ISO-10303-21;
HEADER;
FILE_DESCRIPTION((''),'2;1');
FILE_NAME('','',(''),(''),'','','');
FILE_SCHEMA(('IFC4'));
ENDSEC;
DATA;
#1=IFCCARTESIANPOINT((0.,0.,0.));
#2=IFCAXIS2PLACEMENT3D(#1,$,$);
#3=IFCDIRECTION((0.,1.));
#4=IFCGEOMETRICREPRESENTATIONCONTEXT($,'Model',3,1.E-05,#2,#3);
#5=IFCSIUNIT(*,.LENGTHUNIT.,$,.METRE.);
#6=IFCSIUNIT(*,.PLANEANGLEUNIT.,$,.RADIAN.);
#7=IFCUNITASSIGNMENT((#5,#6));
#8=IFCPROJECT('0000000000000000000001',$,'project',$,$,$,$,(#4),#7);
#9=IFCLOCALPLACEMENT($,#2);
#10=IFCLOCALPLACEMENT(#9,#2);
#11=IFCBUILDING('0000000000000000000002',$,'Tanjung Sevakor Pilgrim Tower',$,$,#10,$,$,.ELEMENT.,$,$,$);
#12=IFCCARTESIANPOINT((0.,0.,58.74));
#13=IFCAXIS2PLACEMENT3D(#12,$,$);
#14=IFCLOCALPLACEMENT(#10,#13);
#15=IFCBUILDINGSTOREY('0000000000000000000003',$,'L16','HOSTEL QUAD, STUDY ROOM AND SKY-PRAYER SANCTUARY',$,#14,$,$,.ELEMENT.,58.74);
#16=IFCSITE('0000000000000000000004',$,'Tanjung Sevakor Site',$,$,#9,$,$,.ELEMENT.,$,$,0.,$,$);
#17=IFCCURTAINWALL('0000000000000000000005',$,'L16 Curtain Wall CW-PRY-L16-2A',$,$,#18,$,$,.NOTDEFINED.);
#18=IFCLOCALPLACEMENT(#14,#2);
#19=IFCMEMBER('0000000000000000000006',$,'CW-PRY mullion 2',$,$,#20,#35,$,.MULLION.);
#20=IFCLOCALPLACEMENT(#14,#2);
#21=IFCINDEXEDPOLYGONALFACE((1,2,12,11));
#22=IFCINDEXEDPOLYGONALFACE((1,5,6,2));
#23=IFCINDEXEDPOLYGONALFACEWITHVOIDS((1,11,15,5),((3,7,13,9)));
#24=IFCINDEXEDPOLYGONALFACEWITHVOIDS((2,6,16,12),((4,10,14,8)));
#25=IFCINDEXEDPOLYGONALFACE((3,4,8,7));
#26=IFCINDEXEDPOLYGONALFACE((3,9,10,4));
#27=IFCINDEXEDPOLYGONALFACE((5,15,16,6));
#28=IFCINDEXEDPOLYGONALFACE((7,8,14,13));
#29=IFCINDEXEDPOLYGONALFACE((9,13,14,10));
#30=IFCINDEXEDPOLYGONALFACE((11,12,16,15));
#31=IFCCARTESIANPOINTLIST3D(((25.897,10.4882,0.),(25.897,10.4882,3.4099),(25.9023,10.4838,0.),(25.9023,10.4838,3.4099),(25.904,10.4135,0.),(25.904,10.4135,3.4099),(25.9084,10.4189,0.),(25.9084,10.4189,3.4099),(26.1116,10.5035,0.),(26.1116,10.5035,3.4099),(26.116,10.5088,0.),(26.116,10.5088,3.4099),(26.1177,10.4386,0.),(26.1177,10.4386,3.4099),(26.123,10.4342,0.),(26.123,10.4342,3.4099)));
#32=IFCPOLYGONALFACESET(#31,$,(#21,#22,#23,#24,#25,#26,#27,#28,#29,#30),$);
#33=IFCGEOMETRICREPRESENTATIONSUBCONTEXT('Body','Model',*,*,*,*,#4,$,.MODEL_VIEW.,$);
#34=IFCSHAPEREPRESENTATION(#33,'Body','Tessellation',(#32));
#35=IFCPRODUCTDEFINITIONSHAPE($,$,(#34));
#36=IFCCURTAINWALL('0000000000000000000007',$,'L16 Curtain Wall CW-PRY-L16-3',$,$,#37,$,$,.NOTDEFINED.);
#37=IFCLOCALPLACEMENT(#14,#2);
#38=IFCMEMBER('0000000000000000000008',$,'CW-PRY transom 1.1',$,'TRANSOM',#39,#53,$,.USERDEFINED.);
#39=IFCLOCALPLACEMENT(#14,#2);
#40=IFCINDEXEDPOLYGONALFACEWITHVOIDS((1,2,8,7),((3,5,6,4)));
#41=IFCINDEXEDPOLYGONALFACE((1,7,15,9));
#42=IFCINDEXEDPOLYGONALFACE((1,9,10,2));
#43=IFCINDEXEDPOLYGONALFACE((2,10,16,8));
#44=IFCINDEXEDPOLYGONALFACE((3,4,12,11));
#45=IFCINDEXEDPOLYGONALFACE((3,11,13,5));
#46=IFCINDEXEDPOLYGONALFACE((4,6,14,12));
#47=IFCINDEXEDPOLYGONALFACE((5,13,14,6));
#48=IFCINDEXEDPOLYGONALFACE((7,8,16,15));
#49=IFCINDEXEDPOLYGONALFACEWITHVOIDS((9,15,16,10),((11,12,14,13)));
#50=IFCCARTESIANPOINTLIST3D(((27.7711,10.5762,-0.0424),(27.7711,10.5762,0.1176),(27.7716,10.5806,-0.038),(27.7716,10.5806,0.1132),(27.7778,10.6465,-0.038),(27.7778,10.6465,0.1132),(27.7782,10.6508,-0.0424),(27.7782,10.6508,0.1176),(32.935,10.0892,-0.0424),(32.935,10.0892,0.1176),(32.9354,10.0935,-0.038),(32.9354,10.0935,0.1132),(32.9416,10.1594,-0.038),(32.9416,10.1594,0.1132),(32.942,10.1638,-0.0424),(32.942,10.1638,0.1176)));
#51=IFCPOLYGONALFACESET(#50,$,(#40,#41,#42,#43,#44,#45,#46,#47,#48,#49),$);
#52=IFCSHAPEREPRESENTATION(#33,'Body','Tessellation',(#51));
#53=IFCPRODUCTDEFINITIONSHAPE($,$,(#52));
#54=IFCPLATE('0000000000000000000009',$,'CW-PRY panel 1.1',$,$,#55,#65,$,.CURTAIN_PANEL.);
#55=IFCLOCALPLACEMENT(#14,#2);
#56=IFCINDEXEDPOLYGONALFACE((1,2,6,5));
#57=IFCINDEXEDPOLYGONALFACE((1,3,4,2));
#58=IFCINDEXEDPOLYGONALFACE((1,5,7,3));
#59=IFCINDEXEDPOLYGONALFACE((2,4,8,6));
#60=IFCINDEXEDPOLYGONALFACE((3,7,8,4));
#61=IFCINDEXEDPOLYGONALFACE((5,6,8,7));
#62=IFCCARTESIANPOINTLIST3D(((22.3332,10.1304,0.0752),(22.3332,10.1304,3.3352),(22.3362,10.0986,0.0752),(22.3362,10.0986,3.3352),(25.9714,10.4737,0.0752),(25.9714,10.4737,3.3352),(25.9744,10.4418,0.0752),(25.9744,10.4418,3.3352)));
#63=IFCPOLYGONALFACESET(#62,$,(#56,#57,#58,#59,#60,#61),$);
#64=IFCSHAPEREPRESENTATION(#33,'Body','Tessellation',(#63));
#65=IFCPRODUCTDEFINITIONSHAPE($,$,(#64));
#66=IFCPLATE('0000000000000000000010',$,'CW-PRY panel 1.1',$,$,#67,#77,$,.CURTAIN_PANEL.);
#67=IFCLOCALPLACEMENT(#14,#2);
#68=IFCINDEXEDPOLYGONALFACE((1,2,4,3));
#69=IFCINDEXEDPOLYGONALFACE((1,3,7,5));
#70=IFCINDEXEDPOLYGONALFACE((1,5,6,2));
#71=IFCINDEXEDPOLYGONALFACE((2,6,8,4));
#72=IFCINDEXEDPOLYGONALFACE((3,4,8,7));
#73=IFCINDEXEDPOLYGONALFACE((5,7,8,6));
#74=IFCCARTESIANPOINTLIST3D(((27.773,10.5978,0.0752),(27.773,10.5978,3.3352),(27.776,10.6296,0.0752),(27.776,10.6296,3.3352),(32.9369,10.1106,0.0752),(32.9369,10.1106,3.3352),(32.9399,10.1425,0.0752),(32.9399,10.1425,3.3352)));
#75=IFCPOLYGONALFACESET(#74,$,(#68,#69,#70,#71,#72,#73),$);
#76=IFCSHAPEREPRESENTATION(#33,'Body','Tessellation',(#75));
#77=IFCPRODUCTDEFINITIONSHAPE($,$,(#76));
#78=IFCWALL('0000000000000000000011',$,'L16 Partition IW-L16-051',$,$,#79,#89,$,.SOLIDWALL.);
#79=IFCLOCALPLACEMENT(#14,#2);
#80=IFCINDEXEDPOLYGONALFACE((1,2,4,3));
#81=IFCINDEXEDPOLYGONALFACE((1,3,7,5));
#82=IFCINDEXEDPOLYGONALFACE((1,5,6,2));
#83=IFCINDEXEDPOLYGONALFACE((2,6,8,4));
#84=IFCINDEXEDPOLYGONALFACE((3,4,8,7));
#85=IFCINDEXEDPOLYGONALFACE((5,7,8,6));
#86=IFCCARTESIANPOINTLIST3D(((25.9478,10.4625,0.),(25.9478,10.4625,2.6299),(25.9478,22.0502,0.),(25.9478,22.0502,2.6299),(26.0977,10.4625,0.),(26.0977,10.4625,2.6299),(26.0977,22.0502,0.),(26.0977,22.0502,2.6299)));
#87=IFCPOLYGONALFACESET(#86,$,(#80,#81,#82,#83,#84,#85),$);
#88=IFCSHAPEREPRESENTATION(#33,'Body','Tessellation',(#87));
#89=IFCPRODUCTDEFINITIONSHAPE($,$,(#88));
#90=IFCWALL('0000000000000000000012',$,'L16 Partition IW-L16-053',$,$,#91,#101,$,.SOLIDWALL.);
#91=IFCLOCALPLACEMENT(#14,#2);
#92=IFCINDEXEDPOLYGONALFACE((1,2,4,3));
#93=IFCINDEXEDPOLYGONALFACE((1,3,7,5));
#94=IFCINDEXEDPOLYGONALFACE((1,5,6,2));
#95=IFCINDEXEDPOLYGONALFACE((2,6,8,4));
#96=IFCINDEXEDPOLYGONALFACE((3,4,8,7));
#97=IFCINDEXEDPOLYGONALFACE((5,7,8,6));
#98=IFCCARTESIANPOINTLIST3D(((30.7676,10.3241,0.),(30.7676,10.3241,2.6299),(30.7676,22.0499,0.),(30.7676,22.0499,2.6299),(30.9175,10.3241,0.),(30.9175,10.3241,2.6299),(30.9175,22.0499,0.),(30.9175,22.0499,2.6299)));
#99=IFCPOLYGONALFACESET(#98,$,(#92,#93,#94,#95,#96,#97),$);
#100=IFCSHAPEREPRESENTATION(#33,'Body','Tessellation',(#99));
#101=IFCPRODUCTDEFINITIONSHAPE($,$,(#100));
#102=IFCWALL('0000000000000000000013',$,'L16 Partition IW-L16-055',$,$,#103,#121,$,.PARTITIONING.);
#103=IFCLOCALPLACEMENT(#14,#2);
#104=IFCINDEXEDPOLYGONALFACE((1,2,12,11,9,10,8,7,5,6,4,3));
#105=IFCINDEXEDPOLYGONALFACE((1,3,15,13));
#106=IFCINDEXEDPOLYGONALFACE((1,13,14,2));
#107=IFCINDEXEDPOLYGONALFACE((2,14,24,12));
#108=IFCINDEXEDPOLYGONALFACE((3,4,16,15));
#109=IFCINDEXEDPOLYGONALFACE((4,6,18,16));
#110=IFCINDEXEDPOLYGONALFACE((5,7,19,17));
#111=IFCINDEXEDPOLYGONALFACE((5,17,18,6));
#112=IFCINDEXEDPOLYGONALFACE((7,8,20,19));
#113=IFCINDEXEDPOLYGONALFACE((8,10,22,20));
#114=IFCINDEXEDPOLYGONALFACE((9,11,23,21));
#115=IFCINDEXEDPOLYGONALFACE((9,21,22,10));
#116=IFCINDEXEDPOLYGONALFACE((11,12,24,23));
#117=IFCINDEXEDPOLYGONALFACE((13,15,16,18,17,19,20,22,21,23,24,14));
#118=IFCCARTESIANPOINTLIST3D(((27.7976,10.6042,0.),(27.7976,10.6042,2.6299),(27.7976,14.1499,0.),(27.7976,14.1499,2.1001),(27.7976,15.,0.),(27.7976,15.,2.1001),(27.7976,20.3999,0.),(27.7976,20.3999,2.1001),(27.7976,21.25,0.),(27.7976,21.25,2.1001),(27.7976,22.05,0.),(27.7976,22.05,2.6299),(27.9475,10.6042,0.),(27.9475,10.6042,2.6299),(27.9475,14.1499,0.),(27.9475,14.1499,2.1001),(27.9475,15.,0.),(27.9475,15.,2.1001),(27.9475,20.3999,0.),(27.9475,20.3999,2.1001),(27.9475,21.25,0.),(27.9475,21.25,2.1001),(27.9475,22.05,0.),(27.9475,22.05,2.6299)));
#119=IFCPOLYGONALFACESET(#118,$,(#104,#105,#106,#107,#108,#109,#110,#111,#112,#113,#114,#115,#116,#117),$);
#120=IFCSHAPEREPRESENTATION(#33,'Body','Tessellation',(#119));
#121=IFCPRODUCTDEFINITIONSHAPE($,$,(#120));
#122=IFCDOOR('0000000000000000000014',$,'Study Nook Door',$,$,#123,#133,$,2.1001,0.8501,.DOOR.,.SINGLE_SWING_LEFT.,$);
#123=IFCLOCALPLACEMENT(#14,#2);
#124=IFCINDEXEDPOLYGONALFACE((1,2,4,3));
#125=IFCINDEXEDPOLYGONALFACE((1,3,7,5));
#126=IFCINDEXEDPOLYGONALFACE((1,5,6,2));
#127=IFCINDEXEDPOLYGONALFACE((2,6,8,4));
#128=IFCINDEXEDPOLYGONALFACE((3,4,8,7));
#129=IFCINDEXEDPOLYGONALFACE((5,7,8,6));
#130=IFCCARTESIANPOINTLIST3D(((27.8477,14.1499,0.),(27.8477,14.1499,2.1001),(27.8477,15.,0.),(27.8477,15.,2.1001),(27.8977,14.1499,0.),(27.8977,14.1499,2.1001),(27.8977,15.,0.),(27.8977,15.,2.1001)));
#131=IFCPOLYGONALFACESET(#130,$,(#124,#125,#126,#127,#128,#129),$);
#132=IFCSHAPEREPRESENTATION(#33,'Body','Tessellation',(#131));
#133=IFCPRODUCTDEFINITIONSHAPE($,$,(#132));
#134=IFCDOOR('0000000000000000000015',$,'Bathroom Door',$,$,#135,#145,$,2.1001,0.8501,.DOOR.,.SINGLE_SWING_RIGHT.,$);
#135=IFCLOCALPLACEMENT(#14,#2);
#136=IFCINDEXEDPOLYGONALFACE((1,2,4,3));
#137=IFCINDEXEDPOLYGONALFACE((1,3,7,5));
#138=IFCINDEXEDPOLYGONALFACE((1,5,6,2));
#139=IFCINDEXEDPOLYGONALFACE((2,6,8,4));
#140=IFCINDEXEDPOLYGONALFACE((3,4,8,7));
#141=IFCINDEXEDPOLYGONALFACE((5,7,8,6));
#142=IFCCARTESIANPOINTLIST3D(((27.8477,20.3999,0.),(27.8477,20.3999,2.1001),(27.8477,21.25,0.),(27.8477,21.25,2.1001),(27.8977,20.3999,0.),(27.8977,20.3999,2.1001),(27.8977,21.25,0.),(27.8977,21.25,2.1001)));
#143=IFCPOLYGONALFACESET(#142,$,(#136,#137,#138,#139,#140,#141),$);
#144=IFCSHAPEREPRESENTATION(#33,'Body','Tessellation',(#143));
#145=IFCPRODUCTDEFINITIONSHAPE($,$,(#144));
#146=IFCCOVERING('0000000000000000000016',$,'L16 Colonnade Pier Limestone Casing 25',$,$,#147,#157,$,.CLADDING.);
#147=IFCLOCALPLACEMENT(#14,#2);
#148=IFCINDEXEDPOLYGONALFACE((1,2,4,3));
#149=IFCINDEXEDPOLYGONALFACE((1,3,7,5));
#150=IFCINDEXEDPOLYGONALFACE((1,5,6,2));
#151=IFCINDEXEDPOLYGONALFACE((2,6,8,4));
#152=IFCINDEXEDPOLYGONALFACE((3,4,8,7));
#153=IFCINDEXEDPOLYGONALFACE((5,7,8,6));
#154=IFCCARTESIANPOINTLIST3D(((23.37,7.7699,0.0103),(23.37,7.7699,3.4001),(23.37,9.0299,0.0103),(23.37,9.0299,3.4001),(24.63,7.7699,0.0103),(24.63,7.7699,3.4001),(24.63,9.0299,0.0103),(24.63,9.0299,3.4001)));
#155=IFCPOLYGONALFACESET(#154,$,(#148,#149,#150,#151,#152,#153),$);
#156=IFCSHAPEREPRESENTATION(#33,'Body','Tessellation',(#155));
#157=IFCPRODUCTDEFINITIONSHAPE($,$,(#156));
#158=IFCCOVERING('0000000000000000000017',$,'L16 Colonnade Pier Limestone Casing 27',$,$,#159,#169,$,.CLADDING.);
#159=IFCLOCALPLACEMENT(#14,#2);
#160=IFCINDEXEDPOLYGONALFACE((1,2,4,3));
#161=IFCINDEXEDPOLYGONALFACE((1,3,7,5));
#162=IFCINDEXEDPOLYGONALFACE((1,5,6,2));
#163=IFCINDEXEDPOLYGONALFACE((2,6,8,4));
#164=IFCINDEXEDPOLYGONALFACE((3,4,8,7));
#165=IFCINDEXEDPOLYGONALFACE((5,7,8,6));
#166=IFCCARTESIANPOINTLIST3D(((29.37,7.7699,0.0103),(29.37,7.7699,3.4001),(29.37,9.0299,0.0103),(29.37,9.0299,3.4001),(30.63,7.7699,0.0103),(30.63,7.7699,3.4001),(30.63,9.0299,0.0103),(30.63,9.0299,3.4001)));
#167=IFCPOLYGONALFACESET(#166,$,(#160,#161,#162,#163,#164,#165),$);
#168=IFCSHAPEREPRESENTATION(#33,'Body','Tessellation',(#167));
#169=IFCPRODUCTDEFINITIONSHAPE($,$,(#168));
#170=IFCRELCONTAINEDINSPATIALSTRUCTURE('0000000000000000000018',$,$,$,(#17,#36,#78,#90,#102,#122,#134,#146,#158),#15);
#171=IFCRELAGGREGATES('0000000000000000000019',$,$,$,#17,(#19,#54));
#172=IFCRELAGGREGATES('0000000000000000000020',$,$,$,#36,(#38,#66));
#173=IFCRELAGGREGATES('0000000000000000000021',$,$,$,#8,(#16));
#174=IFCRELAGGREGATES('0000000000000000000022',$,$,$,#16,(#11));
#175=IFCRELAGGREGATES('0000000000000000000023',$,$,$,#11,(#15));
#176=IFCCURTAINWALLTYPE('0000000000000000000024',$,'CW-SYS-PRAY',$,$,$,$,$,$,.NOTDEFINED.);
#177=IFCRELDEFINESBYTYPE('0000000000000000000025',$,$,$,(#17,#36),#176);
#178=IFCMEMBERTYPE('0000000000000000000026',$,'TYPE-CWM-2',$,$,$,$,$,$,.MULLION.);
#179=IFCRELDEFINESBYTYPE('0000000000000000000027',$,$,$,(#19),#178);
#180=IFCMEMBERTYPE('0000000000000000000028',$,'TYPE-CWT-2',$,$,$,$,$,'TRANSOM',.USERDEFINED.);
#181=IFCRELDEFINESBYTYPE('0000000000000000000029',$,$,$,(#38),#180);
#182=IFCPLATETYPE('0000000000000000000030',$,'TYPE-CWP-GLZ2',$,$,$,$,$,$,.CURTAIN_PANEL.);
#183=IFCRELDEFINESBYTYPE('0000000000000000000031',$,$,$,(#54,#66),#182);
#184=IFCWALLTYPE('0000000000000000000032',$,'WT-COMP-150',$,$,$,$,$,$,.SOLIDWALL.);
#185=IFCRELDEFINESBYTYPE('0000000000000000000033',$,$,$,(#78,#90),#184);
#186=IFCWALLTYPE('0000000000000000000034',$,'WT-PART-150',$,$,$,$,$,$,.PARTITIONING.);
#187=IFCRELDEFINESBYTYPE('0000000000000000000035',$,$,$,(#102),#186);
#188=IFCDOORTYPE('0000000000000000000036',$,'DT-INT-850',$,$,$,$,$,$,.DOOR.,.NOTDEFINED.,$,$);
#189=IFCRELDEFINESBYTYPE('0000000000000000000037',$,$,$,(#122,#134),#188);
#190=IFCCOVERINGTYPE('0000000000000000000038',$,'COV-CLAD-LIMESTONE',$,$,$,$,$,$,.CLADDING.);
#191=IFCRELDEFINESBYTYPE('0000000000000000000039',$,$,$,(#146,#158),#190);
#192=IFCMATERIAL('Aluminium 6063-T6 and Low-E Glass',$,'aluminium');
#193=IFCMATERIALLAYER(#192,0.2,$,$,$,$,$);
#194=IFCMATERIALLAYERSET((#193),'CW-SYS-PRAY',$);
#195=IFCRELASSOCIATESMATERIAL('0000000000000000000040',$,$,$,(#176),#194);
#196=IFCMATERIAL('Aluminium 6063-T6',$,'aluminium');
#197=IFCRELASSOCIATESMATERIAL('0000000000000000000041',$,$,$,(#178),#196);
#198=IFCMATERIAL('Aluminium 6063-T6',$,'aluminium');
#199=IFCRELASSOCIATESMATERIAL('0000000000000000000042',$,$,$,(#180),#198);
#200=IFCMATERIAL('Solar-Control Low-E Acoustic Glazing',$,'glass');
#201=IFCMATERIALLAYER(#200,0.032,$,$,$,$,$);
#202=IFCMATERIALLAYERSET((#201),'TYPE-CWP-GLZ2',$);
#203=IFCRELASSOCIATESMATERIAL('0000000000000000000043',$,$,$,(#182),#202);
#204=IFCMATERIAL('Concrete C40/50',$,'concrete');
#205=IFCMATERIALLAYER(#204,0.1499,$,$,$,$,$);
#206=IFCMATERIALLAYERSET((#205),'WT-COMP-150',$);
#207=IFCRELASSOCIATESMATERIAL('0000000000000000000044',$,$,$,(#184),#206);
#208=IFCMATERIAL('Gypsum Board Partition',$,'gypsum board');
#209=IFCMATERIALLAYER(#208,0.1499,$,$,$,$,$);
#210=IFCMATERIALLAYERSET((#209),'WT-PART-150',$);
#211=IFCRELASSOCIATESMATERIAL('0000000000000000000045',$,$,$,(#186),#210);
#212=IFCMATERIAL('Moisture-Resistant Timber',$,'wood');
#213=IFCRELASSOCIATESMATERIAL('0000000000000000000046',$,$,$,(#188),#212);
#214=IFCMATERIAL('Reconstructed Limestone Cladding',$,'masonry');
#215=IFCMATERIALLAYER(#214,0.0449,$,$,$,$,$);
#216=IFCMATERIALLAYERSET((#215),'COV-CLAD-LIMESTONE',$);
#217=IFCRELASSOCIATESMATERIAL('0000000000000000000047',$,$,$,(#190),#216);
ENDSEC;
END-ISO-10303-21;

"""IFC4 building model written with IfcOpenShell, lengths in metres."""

from ifc_helpers import new_model, si_unit, direction, frame, frame_2d, origin, origin_2d, place, context, subcontext, project, spatial, rectangle, hollow_rectangle, extrude, material, layer, layer_set, material_profile, profile_set, type_object, element, fill, aggregate, save


model = new_model("IFC4")

# Units and contexts
model_context = context("Model", 3, precision=1e-05, world=origin(), true_north=direction((0.0, 1.0)))
body_context = subcontext(model_context, "Body", "Model", "MODEL_VIEW")
ifc_project = project(units=[si_unit("LENGTHUNIT", "METRE"), si_unit("PLANEANGLEUNIT", "RADIAN")], contexts=[model_context])

# Site, building, storey
site_placement = place(None, origin())
site = spatial("IfcSite", under=ifc_project, at=site_placement, Name="Tanjung Sevakor Site", CompositionType="ELEMENT", RefElevation=0.0)
building_placement = place(site_placement, origin())
building = spatial("IfcBuilding", under=site, at=building_placement, Name="Tanjung Sevakor Pilgrim Tower", CompositionType="ELEMENT")
storey_placement = place(building_placement, frame((0.0, 0.0, 58.74)))
storey = spatial("IfcBuildingStorey", under=building, at=storey_placement, Name="L16", Description="HOSTEL QUAD, STUDY ROOM AND SKY-PRAYER SANCTUARY", CompositionType="ELEMENT", Elevation=58.74)

# Curtain walls, members
ifc_material_1 = material(Name="Aluminium 6063-T6 and Low-E Glass", Category="aluminium")
ifc_layer_1 = layer(ifc_material_1, 0.2)
ifc_layer_set_1 = layer_set([ifc_layer_1], Name="CW-SYS-PRAY")
curtain_wall_type = type_object("IfcCurtainWallType", Name="CW-SYS-PRAY", PredefinedType="NOTDEFINED", material=ifc_layer_set_1)
curtain_wall_1_placement = place(storey_placement, origin())
curtain_wall_1 = element("IfcCurtainWall", 1, at=curtain_wall_1_placement, inside=storey, type_object=curtain_wall_type, Name="L16 Curtain Wall CW-PRY-L16-2A", PredefinedType="NOTDEFINED")
ifc_material_2 = material(Name="Aluminium 6063-T6", Category="aluminium")
ifc_material_profile_1 = material_profile(ifc_material_2, hollow_rectangle(XDim=0.075, YDim=0.22, WallThickness=0.0049, at=origin_2d()))
ifc_profile_set_1 = profile_set([ifc_material_profile_1], Name="Aluminium 6063-T6")
member_type_1 = type_object("IfcMemberType", Name="TYPE-CWM-2", PredefinedType="MULLION", material=ifc_profile_set_1)
member_1_placement = place(storey_placement, frame((26.01, 10.4612, 0.0), z_axis=(0.0, 0.0, 1.0), x_axis=(-0.093922, 0.99558, 0.0)))
member_1 = element("IfcMember", 2, at=member_1_placement, type_object=member_type_1, Name="CW-PRY mullion 2", PredefinedType="MULLION", context=body_context, shape_type="SweptSolid", body=[
    extrude(hollow_rectangle(XDim=0.075, YDim=0.22, WallThickness=0.0049, at=origin_2d()), origin(), (0.0, 0.0, 1.0), 3.4099),
])
curtain_wall_2_placement = place(storey_placement, origin())
curtain_wall_2 = element("IfcCurtainWall", 3, at=curtain_wall_2_placement, inside=storey, type_object=curtain_wall_type, Name="L16 Curtain Wall CW-PRY-L16-3", PredefinedType="NOTDEFINED")
ifc_material_3 = material(Name="Aluminium 6063-T6", Category="aluminium")
ifc_material_profile_2 = material_profile(ifc_material_3, hollow_rectangle(XDim=0.075, YDim=0.1599, WallThickness=0.0044, at=origin_2d()))
ifc_profile_set_2 = profile_set([ifc_material_profile_2], Name="Aluminium 6063-T6")
member_type_2 = type_object("IfcMemberType", Name="TYPE-CWT-2", ElementType="TRANSOM", PredefinedType="USERDEFINED", material=ifc_profile_set_2)
member_2_placement = place(storey_placement, frame((27.7747, 10.6135, 0.0376), z_axis=(0.995581, -0.093905, 0.0), x_axis=(0.093905, 0.995581, 0.0)))
member_2 = element("IfcMember", 4, at=member_2_placement, type_object=member_type_2, Name="CW-PRY transom 1.1", ObjectType="TRANSOM", PredefinedType="USERDEFINED", context=body_context, shape_type="SweptSolid", body=[
    extrude(hollow_rectangle(XDim=0.075, YDim=0.1599, WallThickness=0.0044, at=origin_2d()), origin(), (0.0, 0.0, 1.0), 5.1868),
])

# Plates
ifc_material_4 = material(Name="Solar-Control Low-E Acoustic Glazing", Category="glass")
ifc_layer_2 = layer(ifc_material_4, 0.032)
ifc_layer_set_2 = layer_set([ifc_layer_2], Name="TYPE-CWP-GLZ2")
plate_type = type_object("IfcPlateType", Name="TYPE-CWP-GLZ2", PredefinedType="CURTAIN_PANEL", material=ifc_layer_set_2)
plate_1_placement = place(storey_placement, frame((24.1538, 10.2861, 0.0752), z_axis=(0.0, 0.0, 1.0), x_axis=(0.99558, 0.093922, 0.0)))
plate_1 = element("IfcPlate", 5, at=plate_1_placement, type_object=plate_type, Name="CW-PRY panel 1.1", PredefinedType="CURTAIN_PANEL", context=body_context, shape_type="SweptSolid", body=[
    extrude(rectangle(XDim=3.6543, YDim=0.032, at=origin_2d()), origin(), (0.0, 0.0, 1.0), 3.26),
])
aggregate(curtain_wall_1, [member_1, plate_1])
plate_2_placement = place(storey_placement, frame((30.3564, 10.3701, 0.0752), z_axis=(0.0, 0.0, 1.0), x_axis=(0.99558, -0.093916, 0.0)))
plate_2 = element("IfcPlate", 6, at=plate_2_placement, type_object=plate_type, Name="CW-PRY panel 1.1", PredefinedType="CURTAIN_PANEL", context=body_context, shape_type="SweptSolid", body=[
    extrude(rectangle(XDim=5.1868, YDim=0.032, at=origin_2d()), origin(), (0.0, 0.0, 1.0), 3.26),
])
aggregate(curtain_wall_2, [member_2, plate_2])

# Walls
ifc_material_5 = material(Name="Concrete C40/50", Category="concrete")
ifc_layer_3 = layer(ifc_material_5, 0.1499)
ifc_layer_set_3 = layer_set([ifc_layer_3], Name="WT-COMP-150")
wall_type_1 = type_object("IfcWallType", Name="WT-COMP-150", PredefinedType="SOLIDWALL", material=ifc_layer_set_3)
wall_1_placement = place(storey_placement, frame((26.0227, 10.4624, 0.0), z_axis=(0.0, 0.0, 1.0), x_axis=(0.0, 1.0, 0.0)))
element("IfcWall", 7, at=wall_1_placement, inside=storey, type_object=wall_type_1, Name="L16 Partition IW-L16-051", PredefinedType="SOLIDWALL", context=body_context, shape_type="SweptSolid", body=[
    extrude(rectangle(XDim=11.5876, YDim=0.1499, at=frame_2d((5.7939, 0.0))), origin(), (0.0, 0.0, 1.0), 2.6299),
])
wall_2_placement = place(storey_placement, frame((30.8425, 10.3242, 0.0), z_axis=(0.0, 0.0, 1.0), x_axis=(0.0, 1.0, 0.0)))
element("IfcWall", 8, at=wall_2_placement, inside=storey, type_object=wall_type_1, Name="L16 Partition IW-L16-053", PredefinedType="SOLIDWALL", context=body_context, shape_type="SweptSolid", body=[
    extrude(rectangle(XDim=11.7258, YDim=0.1499, at=frame_2d((5.8628, 0.0))), origin(), (0.0, 0.0, 1.0), 2.6299),
])

# Wall, openings, doors
ifc_material_6 = material(Name="Gypsum Board Partition", Category="gypsum board")
ifc_layer_4 = layer(ifc_material_6, 0.1499)
ifc_layer_set_4 = layer_set([ifc_layer_4], Name="WT-PART-150")
wall_type_2 = type_object("IfcWallType", Name="WT-PART-150", PredefinedType="PARTITIONING", material=ifc_layer_set_4)
wall_3_placement = place(storey_placement, frame((27.8726, 10.6042, 0.0), z_axis=(0.0, 0.0, 1.0), x_axis=(0.0, 1.0, 0.0)))
wall_3 = element("IfcWall", 9, at=wall_3_placement, inside=storey, type_object=wall_type_2, Name="L16 Partition IW-L16-055", PredefinedType="PARTITIONING", context=body_context, shape_type="SweptSolid", body=[
    extrude(rectangle(XDim=11.4458, YDim=0.1499, at=frame_2d((5.7229, 0.0))), origin(), (0.0, 0.0, 1.0), 2.6299),
])
opening_1_placement = place(wall_3_placement, frame((3.5457, 0.0, 0.0)))
opening_1 = element("IfcOpeningElement", 10, at=opening_1_placement, cuts=wall_3, PredefinedType="OPENING", context=body_context, shape_type="SweptSolid", body=[
    extrude(rectangle(XDim=0.8501, YDim=2.1001, at=frame_2d((0.425, 1.05))), frame((0.0, 0.085, 0.0), z_axis=(0.0, -1.0, 0.0), x_axis=(1.0, 0.0, 0.0)), (0.0, 0.0, 1.0), 0.1699),
])
opening_2_placement = place(wall_3_placement, frame((9.7957, 0.0, 0.0)))
opening_2 = element("IfcOpeningElement", 11, at=opening_2_placement, cuts=wall_3, PredefinedType="OPENING", context=body_context, shape_type="SweptSolid", body=[
    extrude(rectangle(XDim=0.8501, YDim=2.1001, at=frame_2d((0.425, 1.05))), frame((0.0, 0.085, 0.0), z_axis=(0.0, -1.0, 0.0), x_axis=(1.0, 0.0, 0.0)), (0.0, 0.0, 1.0), 0.1699),
])
ifc_material_7 = material(Name="Moisture-Resistant Timber", Category="wood")
door_type_1 = type_object("IfcDoorType", Name="DT-INT-850", OperationType="NOTDEFINED", PredefinedType="DOOR", material=ifc_material_7)
door_1_placement = place(opening_1_placement, origin())
door_1 = element("IfcDoor", 12, at=door_1_placement, inside=storey, type_object=door_type_1, Name="Study Nook Door", OperationType="SINGLE_SWING_LEFT", OverallHeight=2.1001, OverallWidth=0.8501, PredefinedType="DOOR", context=body_context, shape_type="SweptSolid", body=[
    extrude(rectangle(XDim=0.8501, YDim=2.1001, at=frame_2d((0.425, 1.05))), frame((0.0, 0.0249, 0.0), z_axis=(0.0, -1.0, 0.0), x_axis=(1.0, 0.0, 0.0)), (0.0, 0.0, 1.0), 0.05),
])
fill(opening_1, door_1)
door_2_placement = place(opening_2_placement, origin())
door_2 = element("IfcDoor", 13, at=door_2_placement, inside=storey, type_object=door_type_1, Name="Bathroom Door", OperationType="SINGLE_SWING_RIGHT", OverallHeight=2.1001, OverallWidth=0.8501, PredefinedType="DOOR", context=body_context, shape_type="SweptSolid", body=[
    extrude(rectangle(XDim=0.8501, YDim=2.1001, at=frame_2d((0.425, 1.05))), frame((0.0, 0.0249, 0.0), z_axis=(0.0, -1.0, 0.0), x_axis=(1.0, 0.0, 0.0)), (0.0, 0.0, 1.0), 0.05),
])
fill(opening_2, door_2)

# Coverings
ifc_material_8 = material(Name="Reconstructed Limestone Cladding", Category="masonry")
ifc_layer_5 = layer(ifc_material_8, 0.0449)
ifc_layer_set_5 = layer_set([ifc_layer_5], Name="COV-CLAD-LIMESTONE")
covering_type = type_object("IfcCoveringType", Name="COV-CLAD-LIMESTONE", PredefinedType="CLADDING", material=ifc_layer_set_5)
for number, where, z_axis, x_axis, name in (
    (14, (24.0, 8.3999, 0.0103), (0.0, 0.0, 1.0), (1.0, 0.0, 0.0), "L16 Colonnade Pier Limestone Casing 25"),
    (15, (30.0, 8.3999, 0.0103), (0.0, 0.0, 1.0), (1.0, 0.0, 0.0), "L16 Colonnade Pier Limestone Casing 27"),
):
    element("IfcCovering", number, at=place(storey_placement, frame(where, z_axis=z_axis, x_axis=x_axis)), inside=storey, type_object=covering_type, Name=name, PredefinedType="CLADDING", context=body_context, shape_type="SweptSolid", body=[
        extrude(rectangle(XDim=1.26, YDim=1.26, at=origin_2d()), origin(), (0.0, 0.0, 1.0), 3.3899),
    ])

save(model, "model.ifc")
